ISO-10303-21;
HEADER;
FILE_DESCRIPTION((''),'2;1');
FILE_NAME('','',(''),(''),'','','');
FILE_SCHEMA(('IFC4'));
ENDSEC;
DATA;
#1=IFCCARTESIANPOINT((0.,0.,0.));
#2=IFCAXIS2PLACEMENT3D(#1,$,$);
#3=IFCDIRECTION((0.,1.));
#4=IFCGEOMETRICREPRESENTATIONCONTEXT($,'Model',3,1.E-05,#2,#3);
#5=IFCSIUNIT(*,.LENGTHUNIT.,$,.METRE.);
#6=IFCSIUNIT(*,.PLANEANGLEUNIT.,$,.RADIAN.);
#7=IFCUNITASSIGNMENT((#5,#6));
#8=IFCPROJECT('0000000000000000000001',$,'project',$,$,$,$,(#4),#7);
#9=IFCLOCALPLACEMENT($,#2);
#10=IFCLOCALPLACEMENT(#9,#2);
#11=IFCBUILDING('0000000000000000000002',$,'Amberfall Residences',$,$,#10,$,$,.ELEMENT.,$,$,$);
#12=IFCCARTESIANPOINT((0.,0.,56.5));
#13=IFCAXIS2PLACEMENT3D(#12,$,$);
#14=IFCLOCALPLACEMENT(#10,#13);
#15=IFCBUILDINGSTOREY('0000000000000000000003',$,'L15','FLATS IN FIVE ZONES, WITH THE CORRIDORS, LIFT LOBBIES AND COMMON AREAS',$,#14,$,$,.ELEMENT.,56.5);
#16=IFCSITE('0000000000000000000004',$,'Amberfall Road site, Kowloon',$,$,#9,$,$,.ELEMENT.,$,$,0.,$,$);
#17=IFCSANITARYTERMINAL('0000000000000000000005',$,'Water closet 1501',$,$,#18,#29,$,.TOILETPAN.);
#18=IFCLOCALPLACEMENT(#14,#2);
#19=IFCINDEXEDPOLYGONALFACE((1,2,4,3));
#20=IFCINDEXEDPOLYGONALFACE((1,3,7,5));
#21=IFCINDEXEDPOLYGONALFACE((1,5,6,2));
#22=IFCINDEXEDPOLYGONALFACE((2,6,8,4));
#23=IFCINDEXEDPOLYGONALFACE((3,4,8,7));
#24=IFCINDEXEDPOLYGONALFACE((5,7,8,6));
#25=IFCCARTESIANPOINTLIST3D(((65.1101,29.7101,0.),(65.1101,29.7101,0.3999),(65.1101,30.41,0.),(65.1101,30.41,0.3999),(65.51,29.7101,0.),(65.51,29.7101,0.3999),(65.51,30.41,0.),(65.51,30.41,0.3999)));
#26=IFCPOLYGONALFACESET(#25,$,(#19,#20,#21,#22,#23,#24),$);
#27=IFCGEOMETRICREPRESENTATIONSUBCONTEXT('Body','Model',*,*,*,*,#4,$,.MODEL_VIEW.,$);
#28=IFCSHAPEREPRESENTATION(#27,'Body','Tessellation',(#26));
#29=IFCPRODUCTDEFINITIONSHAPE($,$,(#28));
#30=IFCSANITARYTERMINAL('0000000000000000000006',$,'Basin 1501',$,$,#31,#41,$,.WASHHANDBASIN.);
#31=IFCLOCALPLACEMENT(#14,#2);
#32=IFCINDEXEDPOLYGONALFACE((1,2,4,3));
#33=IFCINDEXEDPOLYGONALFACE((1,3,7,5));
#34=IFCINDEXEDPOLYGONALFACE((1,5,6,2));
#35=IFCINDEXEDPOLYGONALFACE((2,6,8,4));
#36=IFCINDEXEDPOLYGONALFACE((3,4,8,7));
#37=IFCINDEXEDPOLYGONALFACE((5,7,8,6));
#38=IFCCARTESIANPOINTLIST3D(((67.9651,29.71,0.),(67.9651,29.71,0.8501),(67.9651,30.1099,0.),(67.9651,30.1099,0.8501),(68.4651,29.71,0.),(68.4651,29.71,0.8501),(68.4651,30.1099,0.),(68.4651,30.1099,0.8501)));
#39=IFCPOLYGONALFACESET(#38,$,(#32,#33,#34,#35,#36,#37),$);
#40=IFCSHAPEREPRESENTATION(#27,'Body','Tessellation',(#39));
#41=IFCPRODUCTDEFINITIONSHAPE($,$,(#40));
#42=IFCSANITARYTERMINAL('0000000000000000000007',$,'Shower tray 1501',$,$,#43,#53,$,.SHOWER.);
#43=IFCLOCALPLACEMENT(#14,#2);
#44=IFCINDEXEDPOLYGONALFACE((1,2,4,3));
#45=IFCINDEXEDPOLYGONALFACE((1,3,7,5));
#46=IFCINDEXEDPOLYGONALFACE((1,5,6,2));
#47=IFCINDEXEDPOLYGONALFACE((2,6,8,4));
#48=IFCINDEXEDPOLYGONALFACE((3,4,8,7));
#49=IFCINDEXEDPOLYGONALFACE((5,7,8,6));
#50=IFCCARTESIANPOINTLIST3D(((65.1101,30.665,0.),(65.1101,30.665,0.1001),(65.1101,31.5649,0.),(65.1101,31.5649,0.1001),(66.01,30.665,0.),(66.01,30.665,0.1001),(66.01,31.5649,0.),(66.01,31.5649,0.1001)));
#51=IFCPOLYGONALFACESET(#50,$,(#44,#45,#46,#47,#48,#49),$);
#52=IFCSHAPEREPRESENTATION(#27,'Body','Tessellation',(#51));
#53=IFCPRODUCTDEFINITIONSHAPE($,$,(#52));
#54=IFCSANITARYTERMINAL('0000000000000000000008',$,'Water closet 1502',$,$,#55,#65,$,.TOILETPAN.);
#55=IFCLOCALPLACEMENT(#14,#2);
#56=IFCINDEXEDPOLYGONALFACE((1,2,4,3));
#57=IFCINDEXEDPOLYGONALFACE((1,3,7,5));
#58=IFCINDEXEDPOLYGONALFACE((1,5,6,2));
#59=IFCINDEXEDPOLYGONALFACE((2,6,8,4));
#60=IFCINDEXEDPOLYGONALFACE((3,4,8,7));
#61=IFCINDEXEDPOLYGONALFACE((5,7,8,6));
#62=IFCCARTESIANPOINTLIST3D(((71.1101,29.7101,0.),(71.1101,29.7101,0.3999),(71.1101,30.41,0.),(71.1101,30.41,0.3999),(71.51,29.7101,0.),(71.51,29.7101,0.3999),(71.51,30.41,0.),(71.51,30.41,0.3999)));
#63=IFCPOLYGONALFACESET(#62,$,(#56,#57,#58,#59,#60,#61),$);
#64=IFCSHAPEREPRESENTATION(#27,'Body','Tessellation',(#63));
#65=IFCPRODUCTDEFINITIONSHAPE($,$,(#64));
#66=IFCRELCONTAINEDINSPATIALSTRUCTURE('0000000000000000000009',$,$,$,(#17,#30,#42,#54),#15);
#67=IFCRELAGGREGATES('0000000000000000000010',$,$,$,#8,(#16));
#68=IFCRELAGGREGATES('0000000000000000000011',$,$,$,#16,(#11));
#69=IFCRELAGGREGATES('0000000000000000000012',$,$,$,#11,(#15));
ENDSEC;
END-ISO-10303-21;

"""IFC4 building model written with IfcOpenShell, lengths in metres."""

from ifc_helpers import new_model, si_unit, direction, frame, origin, origin_2d, place, context, subcontext, project, spatial, rectangle, extrude, element, save


model = new_model("IFC4")

# Units and contexts
model_context = context("Model", 3, precision=1e-05, world=origin(), true_north=direction((0.0, 1.0)))
body_context = subcontext(model_context, "Body", "Model", "MODEL_VIEW")
ifc_project = project(units=[si_unit("LENGTHUNIT", "METRE"), si_unit("PLANEANGLEUNIT", "RADIAN")], contexts=[model_context])

# Site, building, storey
site_placement = place(None, origin())
site = spatial("IfcSite", under=ifc_project, at=site_placement, Name="Amberfall Road site, Kowloon", CompositionType="ELEMENT", RefElevation=0.0)
building_placement = place(site_placement, origin())
building = spatial("IfcBuilding", under=site, at=building_placement, Name="Amberfall Residences", CompositionType="ELEMENT")
storey_placement = place(building_placement, frame((0.0, 0.0, 56.5)))
storey = spatial("IfcBuildingStorey", under=building, at=storey_placement, Name="L15", Description="FLATS IN FIVE ZONES, WITH THE CORRIDORS, LIFT LOBBIES AND COMMON AREAS", CompositionType="ELEMENT", Elevation=56.5)

# Sanitary terminals
sanitary_terminal_1_placement = place(storey_placement, frame((65.3101, 30.0601, 0.0), z_axis=(0.0, 0.0, 1.0), x_axis=(1.0, 0.0, 0.0)))
element("IfcSanitaryTerminal", 1, at=sanitary_terminal_1_placement, inside=storey, Name="Water closet 1501", PredefinedType="TOILETPAN", context=body_context, shape_type="SweptSolid", body=[
    extrude(rectangle(XDim=0.3999, YDim=0.7, at=origin_2d()), origin(), (0.0, 0.0, 1.0), 0.3999),
])
sanitary_terminal_2_placement = place(storey_placement, frame((68.2151, 29.9099, 0.0), z_axis=(0.0, 0.0, 1.0), x_axis=(1.0, 0.0, 0.0)))
element("IfcSanitaryTerminal", 2, at=sanitary_terminal_2_placement, inside=storey, Name="Basin 1501", PredefinedType="WASHHANDBASIN", context=body_context, shape_type="SweptSolid", body=[
    extrude(rectangle(XDim=0.5, YDim=0.3999, at=origin_2d()), origin(), (0.0, 0.0, 1.0), 0.8501),
])
sanitary_terminal_3_placement = place(storey_placement, frame((65.5601, 31.115, 0.0), z_axis=(0.0, 0.0, 1.0), x_axis=(1.0, 0.0, 0.0)))
element("IfcSanitaryTerminal", 3, at=sanitary_terminal_3_placement, inside=storey, Name="Shower tray 1501", PredefinedType="SHOWER", context=body_context, shape_type="SweptSolid", body=[
    extrude(rectangle(XDim=0.8999, YDim=0.8999, at=origin_2d()), origin(), (0.0, 0.0, 1.0), 0.1001),
])
sanitary_terminal_4_placement = place(storey_placement, frame((71.3101, 30.0601, 0.0), z_axis=(0.0, 0.0, 1.0), x_axis=(1.0, 0.0, 0.0)))
element("IfcSanitaryTerminal", 4, at=sanitary_terminal_4_placement, inside=storey, Name="Water closet 1502", PredefinedType="TOILETPAN", context=body_context, shape_type="SweptSolid", body=[
    extrude(rectangle(XDim=0.3999, YDim=0.7, at=origin_2d()), origin(), (0.0, 0.0, 1.0), 0.3999),
])

save(model, "model.ifc")
